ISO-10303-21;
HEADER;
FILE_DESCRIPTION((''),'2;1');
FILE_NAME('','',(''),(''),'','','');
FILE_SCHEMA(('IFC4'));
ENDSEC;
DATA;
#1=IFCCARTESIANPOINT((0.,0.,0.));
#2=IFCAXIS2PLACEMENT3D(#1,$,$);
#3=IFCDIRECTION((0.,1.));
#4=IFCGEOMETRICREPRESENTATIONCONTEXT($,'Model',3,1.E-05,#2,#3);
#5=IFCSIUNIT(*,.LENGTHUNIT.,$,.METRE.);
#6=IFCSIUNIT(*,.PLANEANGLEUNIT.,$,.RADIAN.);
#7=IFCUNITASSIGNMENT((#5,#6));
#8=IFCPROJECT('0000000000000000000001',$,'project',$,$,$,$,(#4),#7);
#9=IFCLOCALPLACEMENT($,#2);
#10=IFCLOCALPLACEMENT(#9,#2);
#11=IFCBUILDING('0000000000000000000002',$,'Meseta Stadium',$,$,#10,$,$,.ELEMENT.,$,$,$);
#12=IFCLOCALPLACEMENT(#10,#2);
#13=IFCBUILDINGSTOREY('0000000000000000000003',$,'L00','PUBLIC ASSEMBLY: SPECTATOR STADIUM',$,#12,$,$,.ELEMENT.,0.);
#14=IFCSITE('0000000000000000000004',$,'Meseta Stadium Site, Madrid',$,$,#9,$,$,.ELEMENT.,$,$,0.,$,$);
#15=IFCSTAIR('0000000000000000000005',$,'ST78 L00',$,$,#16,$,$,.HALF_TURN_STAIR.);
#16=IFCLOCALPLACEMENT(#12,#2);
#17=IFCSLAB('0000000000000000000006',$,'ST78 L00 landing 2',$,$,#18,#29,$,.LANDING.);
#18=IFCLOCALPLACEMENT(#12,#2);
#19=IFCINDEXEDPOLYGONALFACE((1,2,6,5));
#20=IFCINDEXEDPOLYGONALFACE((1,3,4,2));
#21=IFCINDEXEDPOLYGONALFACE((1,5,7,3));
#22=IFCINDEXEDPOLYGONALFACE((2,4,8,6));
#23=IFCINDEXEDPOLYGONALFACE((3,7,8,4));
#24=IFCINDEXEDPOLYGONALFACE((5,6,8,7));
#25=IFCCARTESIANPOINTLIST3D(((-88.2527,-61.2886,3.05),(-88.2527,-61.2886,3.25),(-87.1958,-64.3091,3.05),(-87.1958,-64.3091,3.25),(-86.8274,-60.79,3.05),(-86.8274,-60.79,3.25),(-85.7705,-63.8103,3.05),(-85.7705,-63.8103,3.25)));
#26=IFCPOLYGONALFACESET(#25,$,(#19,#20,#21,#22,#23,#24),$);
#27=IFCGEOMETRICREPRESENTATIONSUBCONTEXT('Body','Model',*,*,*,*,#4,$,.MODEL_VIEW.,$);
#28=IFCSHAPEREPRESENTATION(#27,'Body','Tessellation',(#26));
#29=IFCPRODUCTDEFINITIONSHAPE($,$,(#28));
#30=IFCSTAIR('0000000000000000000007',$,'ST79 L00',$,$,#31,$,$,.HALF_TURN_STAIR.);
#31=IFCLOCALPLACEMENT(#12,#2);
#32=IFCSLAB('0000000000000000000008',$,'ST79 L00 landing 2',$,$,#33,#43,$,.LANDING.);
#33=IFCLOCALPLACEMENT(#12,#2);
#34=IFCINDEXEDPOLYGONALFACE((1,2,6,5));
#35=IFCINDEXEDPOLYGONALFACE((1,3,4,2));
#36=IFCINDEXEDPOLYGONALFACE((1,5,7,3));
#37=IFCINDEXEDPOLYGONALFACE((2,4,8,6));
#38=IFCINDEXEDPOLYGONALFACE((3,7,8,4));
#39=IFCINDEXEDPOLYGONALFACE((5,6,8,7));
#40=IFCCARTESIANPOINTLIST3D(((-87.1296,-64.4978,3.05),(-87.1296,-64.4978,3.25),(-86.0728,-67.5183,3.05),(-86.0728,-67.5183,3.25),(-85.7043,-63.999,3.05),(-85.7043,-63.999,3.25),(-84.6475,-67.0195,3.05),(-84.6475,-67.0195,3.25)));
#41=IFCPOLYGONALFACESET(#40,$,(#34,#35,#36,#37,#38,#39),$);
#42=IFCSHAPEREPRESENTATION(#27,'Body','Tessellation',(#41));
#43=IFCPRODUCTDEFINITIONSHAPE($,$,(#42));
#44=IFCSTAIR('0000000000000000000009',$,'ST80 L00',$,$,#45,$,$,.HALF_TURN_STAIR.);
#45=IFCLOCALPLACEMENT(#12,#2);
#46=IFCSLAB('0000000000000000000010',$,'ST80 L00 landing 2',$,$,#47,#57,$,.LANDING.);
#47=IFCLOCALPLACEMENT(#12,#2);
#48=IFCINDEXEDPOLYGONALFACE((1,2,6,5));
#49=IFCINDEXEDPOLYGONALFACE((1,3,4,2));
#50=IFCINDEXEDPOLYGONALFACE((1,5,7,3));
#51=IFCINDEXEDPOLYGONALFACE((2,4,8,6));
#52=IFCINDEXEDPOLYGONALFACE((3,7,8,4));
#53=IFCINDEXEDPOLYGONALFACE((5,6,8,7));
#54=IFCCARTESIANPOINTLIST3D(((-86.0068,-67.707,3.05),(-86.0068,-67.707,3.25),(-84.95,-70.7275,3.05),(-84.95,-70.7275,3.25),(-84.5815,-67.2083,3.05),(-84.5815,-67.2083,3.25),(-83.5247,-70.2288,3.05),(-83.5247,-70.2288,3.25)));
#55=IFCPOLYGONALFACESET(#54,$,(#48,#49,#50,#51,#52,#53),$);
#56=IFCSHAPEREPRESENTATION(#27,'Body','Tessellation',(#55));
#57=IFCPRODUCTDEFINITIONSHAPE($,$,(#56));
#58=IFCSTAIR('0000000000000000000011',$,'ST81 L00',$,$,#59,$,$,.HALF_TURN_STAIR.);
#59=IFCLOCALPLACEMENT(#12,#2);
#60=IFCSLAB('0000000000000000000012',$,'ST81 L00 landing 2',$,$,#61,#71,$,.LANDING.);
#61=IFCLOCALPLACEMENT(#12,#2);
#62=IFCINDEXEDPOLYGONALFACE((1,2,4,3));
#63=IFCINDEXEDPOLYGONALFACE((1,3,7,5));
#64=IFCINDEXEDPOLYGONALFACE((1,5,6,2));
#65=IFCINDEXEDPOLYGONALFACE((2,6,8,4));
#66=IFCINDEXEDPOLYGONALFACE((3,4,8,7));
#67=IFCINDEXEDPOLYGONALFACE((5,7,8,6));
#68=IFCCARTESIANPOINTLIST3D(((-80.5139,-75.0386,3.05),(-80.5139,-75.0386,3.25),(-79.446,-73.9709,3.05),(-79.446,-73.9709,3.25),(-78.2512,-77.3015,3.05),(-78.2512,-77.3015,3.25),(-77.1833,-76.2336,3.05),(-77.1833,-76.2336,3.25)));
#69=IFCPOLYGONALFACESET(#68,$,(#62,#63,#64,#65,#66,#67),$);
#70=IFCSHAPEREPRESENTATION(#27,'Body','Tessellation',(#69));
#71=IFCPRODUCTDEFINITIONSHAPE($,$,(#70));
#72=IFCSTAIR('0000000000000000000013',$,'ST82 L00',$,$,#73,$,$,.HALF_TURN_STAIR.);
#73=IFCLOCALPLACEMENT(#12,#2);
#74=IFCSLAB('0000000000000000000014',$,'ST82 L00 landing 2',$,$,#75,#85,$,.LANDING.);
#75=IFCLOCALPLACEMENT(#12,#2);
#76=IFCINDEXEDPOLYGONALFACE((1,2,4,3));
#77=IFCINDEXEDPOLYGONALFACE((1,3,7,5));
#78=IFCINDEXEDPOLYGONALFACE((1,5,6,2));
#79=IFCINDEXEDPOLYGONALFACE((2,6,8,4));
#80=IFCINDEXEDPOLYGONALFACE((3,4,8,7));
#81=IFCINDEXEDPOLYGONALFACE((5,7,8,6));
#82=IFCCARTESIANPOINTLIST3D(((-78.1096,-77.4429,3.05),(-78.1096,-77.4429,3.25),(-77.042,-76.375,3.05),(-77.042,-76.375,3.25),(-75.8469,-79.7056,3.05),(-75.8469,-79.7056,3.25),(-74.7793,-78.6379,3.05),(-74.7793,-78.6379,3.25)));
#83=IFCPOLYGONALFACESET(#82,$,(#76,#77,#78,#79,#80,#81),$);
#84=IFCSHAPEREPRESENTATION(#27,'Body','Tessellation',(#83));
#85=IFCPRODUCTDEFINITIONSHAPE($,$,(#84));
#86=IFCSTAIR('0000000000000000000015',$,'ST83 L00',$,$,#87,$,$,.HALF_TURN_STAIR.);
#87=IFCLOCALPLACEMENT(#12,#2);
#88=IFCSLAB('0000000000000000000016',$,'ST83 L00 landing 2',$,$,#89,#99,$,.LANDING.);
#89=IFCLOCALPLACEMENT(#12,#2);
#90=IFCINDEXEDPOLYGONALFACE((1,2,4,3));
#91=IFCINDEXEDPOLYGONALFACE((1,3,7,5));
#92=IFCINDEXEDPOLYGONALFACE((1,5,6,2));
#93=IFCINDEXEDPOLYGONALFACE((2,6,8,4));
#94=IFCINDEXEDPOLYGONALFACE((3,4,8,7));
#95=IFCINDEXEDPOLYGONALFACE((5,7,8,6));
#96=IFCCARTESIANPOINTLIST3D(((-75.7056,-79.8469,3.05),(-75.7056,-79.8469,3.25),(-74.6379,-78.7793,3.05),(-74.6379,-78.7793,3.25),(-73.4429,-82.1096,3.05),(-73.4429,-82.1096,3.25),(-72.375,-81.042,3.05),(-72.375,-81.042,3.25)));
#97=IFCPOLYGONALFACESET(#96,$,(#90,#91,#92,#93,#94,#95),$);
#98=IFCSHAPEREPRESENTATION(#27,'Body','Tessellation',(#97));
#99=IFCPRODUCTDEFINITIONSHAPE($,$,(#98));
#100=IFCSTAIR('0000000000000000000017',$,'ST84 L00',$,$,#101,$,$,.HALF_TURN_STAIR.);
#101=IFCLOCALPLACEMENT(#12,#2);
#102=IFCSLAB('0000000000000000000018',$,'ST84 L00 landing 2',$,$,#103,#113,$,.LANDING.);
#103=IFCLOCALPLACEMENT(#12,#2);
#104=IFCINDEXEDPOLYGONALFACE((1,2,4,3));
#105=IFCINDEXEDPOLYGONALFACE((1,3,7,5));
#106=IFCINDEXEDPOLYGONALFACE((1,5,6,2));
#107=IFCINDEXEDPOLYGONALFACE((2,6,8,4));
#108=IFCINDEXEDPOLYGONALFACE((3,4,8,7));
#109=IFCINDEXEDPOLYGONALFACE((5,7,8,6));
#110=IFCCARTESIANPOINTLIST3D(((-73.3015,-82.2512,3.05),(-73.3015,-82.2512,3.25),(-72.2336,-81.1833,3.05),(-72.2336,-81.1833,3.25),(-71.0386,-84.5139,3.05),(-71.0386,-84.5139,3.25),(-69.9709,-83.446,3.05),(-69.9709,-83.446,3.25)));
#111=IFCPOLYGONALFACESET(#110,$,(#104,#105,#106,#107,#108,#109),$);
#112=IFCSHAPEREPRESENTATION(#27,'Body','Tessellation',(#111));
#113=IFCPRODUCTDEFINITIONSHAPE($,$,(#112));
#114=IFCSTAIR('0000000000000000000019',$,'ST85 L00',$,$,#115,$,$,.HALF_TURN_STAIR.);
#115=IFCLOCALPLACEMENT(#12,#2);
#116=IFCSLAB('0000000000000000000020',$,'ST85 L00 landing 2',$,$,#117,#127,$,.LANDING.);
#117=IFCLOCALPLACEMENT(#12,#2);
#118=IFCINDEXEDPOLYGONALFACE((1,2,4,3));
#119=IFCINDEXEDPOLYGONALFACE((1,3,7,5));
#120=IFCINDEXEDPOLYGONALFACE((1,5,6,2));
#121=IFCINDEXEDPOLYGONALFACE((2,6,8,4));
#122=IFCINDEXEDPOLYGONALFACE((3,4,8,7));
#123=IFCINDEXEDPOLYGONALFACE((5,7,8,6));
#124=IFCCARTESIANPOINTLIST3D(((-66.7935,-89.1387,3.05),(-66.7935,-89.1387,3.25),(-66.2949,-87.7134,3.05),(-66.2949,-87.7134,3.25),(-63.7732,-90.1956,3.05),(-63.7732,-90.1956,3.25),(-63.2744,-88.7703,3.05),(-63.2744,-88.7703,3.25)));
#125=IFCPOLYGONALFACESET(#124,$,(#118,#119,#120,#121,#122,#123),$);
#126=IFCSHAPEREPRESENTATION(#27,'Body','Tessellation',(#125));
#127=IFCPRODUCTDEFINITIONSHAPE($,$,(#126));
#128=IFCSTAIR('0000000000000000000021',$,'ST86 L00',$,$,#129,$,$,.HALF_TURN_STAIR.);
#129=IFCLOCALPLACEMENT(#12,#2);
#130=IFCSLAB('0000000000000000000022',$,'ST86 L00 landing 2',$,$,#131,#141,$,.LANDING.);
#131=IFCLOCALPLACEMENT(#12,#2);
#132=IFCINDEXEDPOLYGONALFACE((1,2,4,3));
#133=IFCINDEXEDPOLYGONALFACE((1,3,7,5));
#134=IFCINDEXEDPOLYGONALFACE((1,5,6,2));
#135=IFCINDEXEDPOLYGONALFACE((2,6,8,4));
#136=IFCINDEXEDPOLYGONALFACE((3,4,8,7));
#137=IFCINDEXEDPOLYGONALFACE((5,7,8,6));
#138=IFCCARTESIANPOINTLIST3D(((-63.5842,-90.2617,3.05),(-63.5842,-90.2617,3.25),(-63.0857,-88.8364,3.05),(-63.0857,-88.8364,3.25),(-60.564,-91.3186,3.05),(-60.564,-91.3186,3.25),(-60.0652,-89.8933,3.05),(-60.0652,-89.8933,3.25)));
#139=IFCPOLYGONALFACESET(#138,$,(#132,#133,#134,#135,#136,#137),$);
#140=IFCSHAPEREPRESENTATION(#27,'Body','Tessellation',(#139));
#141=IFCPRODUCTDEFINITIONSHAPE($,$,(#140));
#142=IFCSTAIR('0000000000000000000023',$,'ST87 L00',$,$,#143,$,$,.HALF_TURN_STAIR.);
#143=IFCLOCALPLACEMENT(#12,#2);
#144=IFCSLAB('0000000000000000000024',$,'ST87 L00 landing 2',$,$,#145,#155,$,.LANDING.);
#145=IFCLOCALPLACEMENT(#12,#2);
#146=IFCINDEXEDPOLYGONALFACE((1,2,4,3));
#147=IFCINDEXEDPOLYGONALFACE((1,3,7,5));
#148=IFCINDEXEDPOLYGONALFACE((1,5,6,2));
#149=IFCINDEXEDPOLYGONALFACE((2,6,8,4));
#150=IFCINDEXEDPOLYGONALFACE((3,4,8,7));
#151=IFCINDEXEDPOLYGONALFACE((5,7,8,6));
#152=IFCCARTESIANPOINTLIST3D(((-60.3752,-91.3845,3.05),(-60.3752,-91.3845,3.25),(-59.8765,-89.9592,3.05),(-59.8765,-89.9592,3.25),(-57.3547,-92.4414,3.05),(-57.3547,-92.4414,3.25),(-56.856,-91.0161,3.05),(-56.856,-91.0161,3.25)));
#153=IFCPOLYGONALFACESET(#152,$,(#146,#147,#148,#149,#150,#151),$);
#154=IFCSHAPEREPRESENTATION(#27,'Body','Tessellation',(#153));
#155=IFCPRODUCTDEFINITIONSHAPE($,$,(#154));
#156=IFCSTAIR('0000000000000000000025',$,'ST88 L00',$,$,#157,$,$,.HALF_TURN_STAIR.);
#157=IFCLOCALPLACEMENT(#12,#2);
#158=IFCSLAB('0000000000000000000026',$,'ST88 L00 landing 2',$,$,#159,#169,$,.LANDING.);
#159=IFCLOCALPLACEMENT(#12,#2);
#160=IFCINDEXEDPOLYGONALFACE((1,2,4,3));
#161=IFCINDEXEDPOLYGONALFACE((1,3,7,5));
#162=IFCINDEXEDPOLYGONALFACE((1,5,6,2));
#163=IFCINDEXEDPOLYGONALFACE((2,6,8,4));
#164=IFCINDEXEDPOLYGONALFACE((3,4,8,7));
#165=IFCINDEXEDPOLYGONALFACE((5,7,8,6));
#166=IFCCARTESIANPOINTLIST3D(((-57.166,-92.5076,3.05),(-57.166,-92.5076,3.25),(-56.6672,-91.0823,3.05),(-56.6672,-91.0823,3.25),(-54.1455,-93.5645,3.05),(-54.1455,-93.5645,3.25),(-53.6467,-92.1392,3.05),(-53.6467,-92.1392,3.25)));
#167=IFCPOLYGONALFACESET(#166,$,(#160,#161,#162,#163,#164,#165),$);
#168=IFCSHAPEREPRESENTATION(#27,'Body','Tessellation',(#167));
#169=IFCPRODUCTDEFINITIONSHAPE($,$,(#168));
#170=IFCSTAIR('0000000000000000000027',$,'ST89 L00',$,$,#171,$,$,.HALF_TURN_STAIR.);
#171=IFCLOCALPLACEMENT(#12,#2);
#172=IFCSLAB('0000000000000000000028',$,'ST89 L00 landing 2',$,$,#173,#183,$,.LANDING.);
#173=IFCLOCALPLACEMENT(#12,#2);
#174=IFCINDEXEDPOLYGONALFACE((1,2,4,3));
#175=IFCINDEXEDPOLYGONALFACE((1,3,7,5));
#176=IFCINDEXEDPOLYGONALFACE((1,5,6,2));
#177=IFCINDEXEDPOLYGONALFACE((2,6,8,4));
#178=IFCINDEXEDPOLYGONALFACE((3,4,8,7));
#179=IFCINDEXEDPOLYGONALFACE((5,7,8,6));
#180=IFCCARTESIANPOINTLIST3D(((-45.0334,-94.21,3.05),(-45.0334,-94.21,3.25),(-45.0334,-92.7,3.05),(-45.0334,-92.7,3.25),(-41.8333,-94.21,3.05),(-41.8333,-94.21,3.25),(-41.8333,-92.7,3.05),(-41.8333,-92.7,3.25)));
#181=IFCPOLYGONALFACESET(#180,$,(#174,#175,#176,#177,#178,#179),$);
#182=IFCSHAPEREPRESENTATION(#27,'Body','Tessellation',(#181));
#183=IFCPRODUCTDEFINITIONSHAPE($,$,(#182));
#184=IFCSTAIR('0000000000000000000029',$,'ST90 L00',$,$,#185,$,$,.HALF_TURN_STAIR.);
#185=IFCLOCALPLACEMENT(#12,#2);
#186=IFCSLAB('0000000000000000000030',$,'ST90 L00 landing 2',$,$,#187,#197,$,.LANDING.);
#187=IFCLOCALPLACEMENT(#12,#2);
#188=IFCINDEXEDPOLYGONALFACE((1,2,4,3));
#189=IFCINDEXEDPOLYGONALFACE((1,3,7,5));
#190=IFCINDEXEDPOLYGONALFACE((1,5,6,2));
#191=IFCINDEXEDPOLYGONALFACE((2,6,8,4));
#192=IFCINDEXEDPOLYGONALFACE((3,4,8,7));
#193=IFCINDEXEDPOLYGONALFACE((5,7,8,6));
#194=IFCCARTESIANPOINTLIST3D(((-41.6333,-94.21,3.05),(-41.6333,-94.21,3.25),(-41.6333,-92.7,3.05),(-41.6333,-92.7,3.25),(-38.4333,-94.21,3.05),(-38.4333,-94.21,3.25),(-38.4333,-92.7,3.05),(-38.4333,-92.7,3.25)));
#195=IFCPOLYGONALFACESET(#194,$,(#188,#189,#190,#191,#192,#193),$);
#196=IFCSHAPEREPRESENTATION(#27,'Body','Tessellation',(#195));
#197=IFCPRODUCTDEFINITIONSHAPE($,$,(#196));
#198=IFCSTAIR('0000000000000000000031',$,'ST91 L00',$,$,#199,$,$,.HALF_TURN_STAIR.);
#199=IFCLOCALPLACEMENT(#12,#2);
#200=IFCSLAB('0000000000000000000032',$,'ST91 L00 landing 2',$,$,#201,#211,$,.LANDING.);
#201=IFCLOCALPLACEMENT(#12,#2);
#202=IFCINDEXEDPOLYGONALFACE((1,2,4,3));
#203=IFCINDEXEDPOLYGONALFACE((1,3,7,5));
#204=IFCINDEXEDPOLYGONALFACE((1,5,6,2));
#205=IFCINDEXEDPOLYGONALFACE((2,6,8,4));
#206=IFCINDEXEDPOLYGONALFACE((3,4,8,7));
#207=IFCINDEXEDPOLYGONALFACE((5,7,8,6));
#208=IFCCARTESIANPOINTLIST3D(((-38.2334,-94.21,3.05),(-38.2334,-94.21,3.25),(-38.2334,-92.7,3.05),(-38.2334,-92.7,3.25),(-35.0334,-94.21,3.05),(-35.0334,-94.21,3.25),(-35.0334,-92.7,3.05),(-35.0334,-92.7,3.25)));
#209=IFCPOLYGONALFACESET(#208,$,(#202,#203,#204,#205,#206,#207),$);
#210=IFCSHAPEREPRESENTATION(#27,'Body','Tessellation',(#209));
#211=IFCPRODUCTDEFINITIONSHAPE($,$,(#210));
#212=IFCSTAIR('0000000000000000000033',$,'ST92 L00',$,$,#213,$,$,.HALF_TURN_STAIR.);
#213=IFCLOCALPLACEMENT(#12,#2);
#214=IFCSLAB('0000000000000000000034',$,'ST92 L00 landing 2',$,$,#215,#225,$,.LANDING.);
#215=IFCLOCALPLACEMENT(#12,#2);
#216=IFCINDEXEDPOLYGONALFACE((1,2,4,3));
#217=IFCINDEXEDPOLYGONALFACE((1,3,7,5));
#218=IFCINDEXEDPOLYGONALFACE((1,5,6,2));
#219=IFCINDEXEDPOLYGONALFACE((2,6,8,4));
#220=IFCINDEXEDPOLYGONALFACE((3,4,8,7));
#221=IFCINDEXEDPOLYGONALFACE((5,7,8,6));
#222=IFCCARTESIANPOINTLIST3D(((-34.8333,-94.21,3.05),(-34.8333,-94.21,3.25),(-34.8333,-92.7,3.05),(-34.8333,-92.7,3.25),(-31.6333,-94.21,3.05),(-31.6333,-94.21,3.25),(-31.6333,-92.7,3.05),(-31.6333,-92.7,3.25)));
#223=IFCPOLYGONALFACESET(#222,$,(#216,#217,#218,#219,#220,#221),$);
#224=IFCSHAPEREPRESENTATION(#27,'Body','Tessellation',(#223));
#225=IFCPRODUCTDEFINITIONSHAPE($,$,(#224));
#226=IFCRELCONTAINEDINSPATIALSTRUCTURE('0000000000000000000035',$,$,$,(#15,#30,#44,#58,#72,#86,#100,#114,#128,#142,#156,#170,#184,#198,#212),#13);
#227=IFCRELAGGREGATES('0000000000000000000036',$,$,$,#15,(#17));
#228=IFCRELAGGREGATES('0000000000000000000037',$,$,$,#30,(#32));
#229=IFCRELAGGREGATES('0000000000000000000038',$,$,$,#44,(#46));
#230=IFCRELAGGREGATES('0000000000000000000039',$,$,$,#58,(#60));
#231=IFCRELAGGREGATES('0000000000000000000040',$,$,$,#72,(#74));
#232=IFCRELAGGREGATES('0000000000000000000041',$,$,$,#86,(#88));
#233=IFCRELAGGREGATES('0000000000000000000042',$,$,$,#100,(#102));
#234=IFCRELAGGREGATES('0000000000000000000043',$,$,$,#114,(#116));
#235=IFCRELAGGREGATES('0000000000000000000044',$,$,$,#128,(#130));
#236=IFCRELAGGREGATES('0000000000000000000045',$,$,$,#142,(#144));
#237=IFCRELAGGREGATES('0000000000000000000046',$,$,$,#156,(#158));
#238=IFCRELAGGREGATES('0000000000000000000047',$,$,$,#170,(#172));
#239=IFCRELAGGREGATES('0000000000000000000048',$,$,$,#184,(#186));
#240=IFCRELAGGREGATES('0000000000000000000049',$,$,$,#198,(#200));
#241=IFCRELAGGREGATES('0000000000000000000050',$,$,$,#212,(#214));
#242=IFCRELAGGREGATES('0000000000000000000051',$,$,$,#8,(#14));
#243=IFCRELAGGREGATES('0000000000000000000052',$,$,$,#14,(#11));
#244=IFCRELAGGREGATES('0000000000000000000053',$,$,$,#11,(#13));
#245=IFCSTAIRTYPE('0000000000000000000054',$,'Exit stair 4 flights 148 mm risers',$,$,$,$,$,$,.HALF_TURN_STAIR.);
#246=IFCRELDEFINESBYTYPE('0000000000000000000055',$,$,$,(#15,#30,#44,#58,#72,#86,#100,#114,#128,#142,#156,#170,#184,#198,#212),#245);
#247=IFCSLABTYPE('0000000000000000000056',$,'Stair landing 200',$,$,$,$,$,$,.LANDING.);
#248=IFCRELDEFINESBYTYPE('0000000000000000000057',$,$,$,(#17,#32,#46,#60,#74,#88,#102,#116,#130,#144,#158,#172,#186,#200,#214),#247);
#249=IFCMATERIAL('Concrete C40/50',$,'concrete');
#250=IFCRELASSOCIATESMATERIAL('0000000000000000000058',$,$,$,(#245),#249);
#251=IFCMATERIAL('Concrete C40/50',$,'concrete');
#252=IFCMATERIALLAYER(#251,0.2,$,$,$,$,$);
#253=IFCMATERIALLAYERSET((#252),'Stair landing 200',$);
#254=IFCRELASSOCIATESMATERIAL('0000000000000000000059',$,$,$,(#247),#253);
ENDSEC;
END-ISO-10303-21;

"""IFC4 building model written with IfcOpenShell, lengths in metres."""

from ifc_helpers import new_model, si_unit, direction, frame, origin, place, context, subcontext, project, spatial, polyline, outline, extrude, material, layer, layer_set, type_object, element, aggregate, save


model = new_model("IFC4")

# Units and contexts
model_context = context("Model", 3, precision=1e-05, world=origin(), true_north=direction((0.0, 1.0)))
body_context = subcontext(model_context, "Body", "Model", "MODEL_VIEW")
ifc_project = project(units=[si_unit("LENGTHUNIT", "METRE"), si_unit("PLANEANGLEUNIT", "RADIAN")], contexts=[model_context])

# Site, building, storey
site_placement = place(None, origin())
site = spatial("IfcSite", under=ifc_project, at=site_placement, Name="Meseta Stadium Site, Madrid", CompositionType="ELEMENT", RefElevation=0.0)
building_placement = place(site_placement, origin())
building = spatial("IfcBuilding", under=site, at=building_placement, Name="Meseta Stadium", CompositionType="ELEMENT")
storey_placement = place(building_placement, origin())
storey = spatial("IfcBuildingStorey", under=building, at=storey_placement, Name="L00", Description="PUBLIC ASSEMBLY: SPECTATOR STADIUM", CompositionType="ELEMENT", Elevation=0.0)

# Stairs, slabs
ifc_material_1 = material(Name="Concrete C40/50", Category="concrete")
stair_type = type_object("IfcStairType", Name="Exit stair 4 flights 148 mm risers", PredefinedType="HALF_TURN_STAIR", material=ifc_material_1)
stair_1_placement = place(storey_placement, origin())
stair_1 = element("IfcStair", 1, at=stair_1_placement, inside=storey, type_object=stair_type, Name="ST78 L00", PredefinedType="HALF_TURN_STAIR")
ifc_material_2 = material(Name="Concrete C40/50", Category="concrete")
ifc_layer = layer(ifc_material_2, 0.2)
ifc_layer_set = layer_set([ifc_layer], Name="Stair landing 200")
slab_type = type_object("IfcSlabType", Name="Stair landing 200", PredefinedType="LANDING", material=ifc_layer_set)
slab_1_placement = place(storey_placement, frame((0.0, 0.0, 3.05)))
slab_1 = element("IfcSlab", 2, at=slab_1_placement, type_object=slab_type, Name="ST78 L00 landing 2", PredefinedType="LANDING", context=body_context, shape_type="SweptSolid", body=[
    extrude(outline(polyline([(-86.8274, -60.79), (-88.2527, -61.2886), (-87.1958, -64.3091), (-85.7705, -63.8103), (-86.8274, -60.79)])), origin(), (0.0, 0.0, 1.0), 0.2),
])
aggregate(stair_1, [slab_1])
stair_2_placement = place(storey_placement, origin())
stair_2 = element("IfcStair", 3, at=stair_2_placement, inside=storey, type_object=stair_type, Name="ST79 L00", PredefinedType="HALF_TURN_STAIR")
slab_2_placement = place(storey_placement, frame((0.0, 0.0, 3.05)))
slab_2 = element("IfcSlab", 4, at=slab_2_placement, type_object=slab_type, Name="ST79 L00 landing 2", PredefinedType="LANDING", context=body_context, shape_type="SweptSolid", body=[
    extrude(outline(polyline([(-85.7043, -63.999), (-87.1296, -64.4978), (-86.0728, -67.5183), (-84.6475, -67.0195), (-85.7043, -63.999)])), origin(), (0.0, 0.0, 1.0), 0.2),
])
aggregate(stair_2, [slab_2])
stair_3_placement = place(storey_placement, origin())
stair_3 = element("IfcStair", 5, at=stair_3_placement, inside=storey, type_object=stair_type, Name="ST80 L00", PredefinedType="HALF_TURN_STAIR")
slab_3_placement = place(storey_placement, frame((0.0, 0.0, 3.05)))
slab_3 = element("IfcSlab", 6, at=slab_3_placement, type_object=slab_type, Name="ST80 L00 landing 2", PredefinedType="LANDING", context=body_context, shape_type="SweptSolid", body=[
    extrude(outline(polyline([(-84.5815, -67.2083), (-86.0068, -67.707), (-84.95, -70.7275), (-83.5247, -70.2288), (-84.5815, -67.2083)])), origin(), (0.0, 0.0, 1.0), 0.2),
])
aggregate(stair_3, [slab_3])
stair_4_placement = place(storey_placement, origin())
stair_4 = element("IfcStair", 7, at=stair_4_placement, inside=storey, type_object=stair_type, Name="ST81 L00", PredefinedType="HALF_TURN_STAIR")
slab_4_placement = place(storey_placement, frame((0.0, 0.0, 3.05)))
slab_4 = element("IfcSlab", 8, at=slab_4_placement, type_object=slab_type, Name="ST81 L00 landing 2", PredefinedType="LANDING", context=body_context, shape_type="SweptSolid", body=[
    extrude(outline(polyline([(-79.446, -73.9709), (-80.5139, -75.0386), (-78.2512, -77.3015), (-77.1833, -76.2336), (-79.446, -73.9709)])), origin(), (0.0, 0.0, 1.0), 0.2),
])
aggregate(stair_4, [slab_4])
stair_5_placement = place(storey_placement, origin())
stair_5 = element("IfcStair", 9, at=stair_5_placement, inside=storey, type_object=stair_type, Name="ST82 L00", PredefinedType="HALF_TURN_STAIR")
slab_5_placement = place(storey_placement, frame((0.0, 0.0, 3.05)))
slab_5 = element("IfcSlab", 10, at=slab_5_placement, type_object=slab_type, Name="ST82 L00 landing 2", PredefinedType="LANDING", context=body_context, shape_type="SweptSolid", body=[
    extrude(outline(polyline([(-77.042, -76.375), (-78.1096, -77.4429), (-75.8469, -79.7056), (-74.7793, -78.6379), (-77.042, -76.375)])), origin(), (0.0, 0.0, 1.0), 0.2),
])
aggregate(stair_5, [slab_5])
stair_6_placement = place(storey_placement, origin())
stair_6 = element("IfcStair", 11, at=stair_6_placement, inside=storey, type_object=stair_type, Name="ST83 L00", PredefinedType="HALF_TURN_STAIR")
slab_6_placement = place(storey_placement, frame((0.0, 0.0, 3.05)))
slab_6 = element("IfcSlab", 12, at=slab_6_placement, type_object=slab_type, Name="ST83 L00 landing 2", PredefinedType="LANDING", context=body_context, shape_type="SweptSolid", body=[
    extrude(outline(polyline([(-74.6379, -78.7793), (-75.7056, -79.8469), (-73.4429, -82.1096), (-72.375, -81.042), (-74.6379, -78.7793)])), origin(), (0.0, 0.0, 1.0), 0.2),
])
aggregate(stair_6, [slab_6])
stair_7_placement = place(storey_placement, origin())
stair_7 = element("IfcStair", 13, at=stair_7_placement, inside=storey, type_object=stair_type, Name="ST84 L00", PredefinedType="HALF_TURN_STAIR")
slab_7_placement = place(storey_placement, frame((0.0, 0.0, 3.05)))
slab_7 = element("IfcSlab", 14, at=slab_7_placement, type_object=slab_type, Name="ST84 L00 landing 2", PredefinedType="LANDING", context=body_context, shape_type="SweptSolid", body=[
    extrude(outline(polyline([(-72.2336, -81.1833), (-73.3015, -82.2512), (-71.0386, -84.5139), (-69.9709, -83.446), (-72.2336, -81.1833)])), origin(), (0.0, 0.0, 1.0), 0.2),
])
aggregate(stair_7, [slab_7])
stair_8_placement = place(storey_placement, origin())
stair_8 = element("IfcStair", 15, at=stair_8_placement, inside=storey, type_object=stair_type, Name="ST85 L00", PredefinedType="HALF_TURN_STAIR")
slab_8_placement = place(storey_placement, frame((0.0, 0.0, 3.05)))
slab_8 = element("IfcSlab", 16, at=slab_8_placement, type_object=slab_type, Name="ST85 L00 landing 2", PredefinedType="LANDING", context=body_context, shape_type="SweptSolid", body=[
    extrude(outline(polyline([(-66.2949, -87.7134), (-66.7935, -89.1387), (-63.7732, -90.1956), (-63.2744, -88.7703), (-66.2949, -87.7134)])), origin(), (0.0, 0.0, 1.0), 0.2),
])
aggregate(stair_8, [slab_8])
stair_9_placement = place(storey_placement, origin())
stair_9 = element("IfcStair", 17, at=stair_9_placement, inside=storey, type_object=stair_type, Name="ST86 L00", PredefinedType="HALF_TURN_STAIR")
slab_9_placement = place(storey_placement, frame((0.0, 0.0, 3.05)))
slab_9 = element("IfcSlab", 18, at=slab_9_placement, type_object=slab_type, Name="ST86 L00 landing 2", PredefinedType="LANDING", context=body_context, shape_type="SweptSolid", body=[
    extrude(outline(polyline([(-63.0857, -88.8364), (-63.5842, -90.2617), (-60.564, -91.3186), (-60.0652, -89.8933), (-63.0857, -88.8364)])), origin(), (0.0, 0.0, 1.0), 0.2),
])
aggregate(stair_9, [slab_9])
stair_10_placement = place(storey_placement, origin())
stair_10 = element("IfcStair", 19, at=stair_10_placement, inside=storey, type_object=stair_type, Name="ST87 L00", PredefinedType="HALF_TURN_STAIR")
slab_10_placement = place(storey_placement, frame((0.0, 0.0, 3.05)))
slab_10 = element("IfcSlab", 20, at=slab_10_placement, type_object=slab_type, Name="ST87 L00 landing 2", PredefinedType="LANDING", context=body_context, shape_type="SweptSolid", body=[
    extrude(outline(polyline([(-59.8765, -89.9592), (-60.3752, -91.3845), (-57.3547, -92.4414), (-56.856, -91.0161), (-59.8765, -89.9592)])), origin(), (0.0, 0.0, 1.0), 0.2),
])
aggregate(stair_10, [slab_10])
stair_11_placement = place(storey_placement, origin())
stair_11 = element("IfcStair", 21, at=stair_11_placement, inside=storey, type_object=stair_type, Name="ST88 L00", PredefinedType="HALF_TURN_STAIR")
slab_11_placement = place(storey_placement, frame((0.0, 0.0, 3.05)))
slab_11 = element("IfcSlab", 22, at=slab_11_placement, type_object=slab_type, Name="ST88 L00 landing 2", PredefinedType="LANDING", context=body_context, shape_type="SweptSolid", body=[
    extrude(outline(polyline([(-56.6672, -91.0823), (-57.166, -92.5076), (-54.1455, -93.5645), (-53.6467, -92.1392), (-56.6672, -91.0823)])), origin(), (0.0, 0.0, 1.0), 0.2),
])
aggregate(stair_11, [slab_11])
stair_12_placement = place(storey_placement, origin())
stair_12 = element("IfcStair", 23, at=stair_12_placement, inside=storey, type_object=stair_type, Name="ST89 L00", PredefinedType="HALF_TURN_STAIR")
slab_12_placement = place(storey_placement, frame((0.0, 0.0, 3.05)))
slab_12 = element("IfcSlab", 24, at=slab_12_placement, type_object=slab_type, Name="ST89 L00 landing 2", PredefinedType="LANDING", context=body_context, shape_type="SweptSolid", body=[
    extrude(outline(polyline([(-45.0334, -92.7), (-45.0334, -94.21), (-41.8333, -94.21), (-41.8333, -92.7), (-45.0334, -92.7)])), origin(), (0.0, 0.0, 1.0), 0.2),
])
aggregate(stair_12, [slab_12])
stair_13_placement = place(storey_placement, origin())
stair_13 = element("IfcStair", 25, at=stair_13_placement, inside=storey, type_object=stair_type, Name="ST90 L00", PredefinedType="HALF_TURN_STAIR")
slab_13_placement = place(storey_placement, frame((0.0, 0.0, 3.05)))
slab_13 = element("IfcSlab", 26, at=slab_13_placement, type_object=slab_type, Name="ST90 L00 landing 2", PredefinedType="LANDING", context=body_context, shape_type="SweptSolid", body=[
    extrude(outline(polyline([(-41.6333, -92.7), (-41.6333, -94.21), (-38.4333, -94.21), (-38.4333, -92.7), (-41.6333, -92.7)])), origin(), (0.0, 0.0, 1.0), 0.2),
])
aggregate(stair_13, [slab_13])
stair_14_placement = place(storey_placement, origin())
stair_14 = element("IfcStair", 27, at=stair_14_placement, inside=storey, type_object=stair_type, Name="ST91 L00", PredefinedType="HALF_TURN_STAIR")
slab_14_placement = place(storey_placement, frame((0.0, 0.0, 3.05)))
slab_14 = element("IfcSlab", 28, at=slab_14_placement, type_object=slab_type, Name="ST91 L00 landing 2", PredefinedType="LANDING", context=body_context, shape_type="SweptSolid", body=[
    extrude(outline(polyline([(-38.2334, -92.7), (-38.2334, -94.21), (-35.0334, -94.21), (-35.0334, -92.7), (-38.2334, -92.7)])), origin(), (0.0, 0.0, 1.0), 0.2),
])
aggregate(stair_14, [slab_14])
stair_15_placement = place(storey_placement, origin())
stair_15 = element("IfcStair", 29, at=stair_15_placement, inside=storey, type_object=stair_type, Name="ST92 L00", PredefinedType="HALF_TURN_STAIR")
slab_15_placement = place(storey_placement, frame((0.0, 0.0, 3.05)))
slab_15 = element("IfcSlab", 30, at=slab_15_placement, type_object=slab_type, Name="ST92 L00 landing 2", PredefinedType="LANDING", context=body_context, shape_type="SweptSolid", body=[
    extrude(outline(polyline([(-34.8333, -92.7), (-34.8333, -94.21), (-31.6333, -94.21), (-31.6333, -92.7), (-34.8333, -92.7)])), origin(), (0.0, 0.0, 1.0), 0.2),
])
aggregate(stair_15, [slab_15])

save(model, "model.ifc")
